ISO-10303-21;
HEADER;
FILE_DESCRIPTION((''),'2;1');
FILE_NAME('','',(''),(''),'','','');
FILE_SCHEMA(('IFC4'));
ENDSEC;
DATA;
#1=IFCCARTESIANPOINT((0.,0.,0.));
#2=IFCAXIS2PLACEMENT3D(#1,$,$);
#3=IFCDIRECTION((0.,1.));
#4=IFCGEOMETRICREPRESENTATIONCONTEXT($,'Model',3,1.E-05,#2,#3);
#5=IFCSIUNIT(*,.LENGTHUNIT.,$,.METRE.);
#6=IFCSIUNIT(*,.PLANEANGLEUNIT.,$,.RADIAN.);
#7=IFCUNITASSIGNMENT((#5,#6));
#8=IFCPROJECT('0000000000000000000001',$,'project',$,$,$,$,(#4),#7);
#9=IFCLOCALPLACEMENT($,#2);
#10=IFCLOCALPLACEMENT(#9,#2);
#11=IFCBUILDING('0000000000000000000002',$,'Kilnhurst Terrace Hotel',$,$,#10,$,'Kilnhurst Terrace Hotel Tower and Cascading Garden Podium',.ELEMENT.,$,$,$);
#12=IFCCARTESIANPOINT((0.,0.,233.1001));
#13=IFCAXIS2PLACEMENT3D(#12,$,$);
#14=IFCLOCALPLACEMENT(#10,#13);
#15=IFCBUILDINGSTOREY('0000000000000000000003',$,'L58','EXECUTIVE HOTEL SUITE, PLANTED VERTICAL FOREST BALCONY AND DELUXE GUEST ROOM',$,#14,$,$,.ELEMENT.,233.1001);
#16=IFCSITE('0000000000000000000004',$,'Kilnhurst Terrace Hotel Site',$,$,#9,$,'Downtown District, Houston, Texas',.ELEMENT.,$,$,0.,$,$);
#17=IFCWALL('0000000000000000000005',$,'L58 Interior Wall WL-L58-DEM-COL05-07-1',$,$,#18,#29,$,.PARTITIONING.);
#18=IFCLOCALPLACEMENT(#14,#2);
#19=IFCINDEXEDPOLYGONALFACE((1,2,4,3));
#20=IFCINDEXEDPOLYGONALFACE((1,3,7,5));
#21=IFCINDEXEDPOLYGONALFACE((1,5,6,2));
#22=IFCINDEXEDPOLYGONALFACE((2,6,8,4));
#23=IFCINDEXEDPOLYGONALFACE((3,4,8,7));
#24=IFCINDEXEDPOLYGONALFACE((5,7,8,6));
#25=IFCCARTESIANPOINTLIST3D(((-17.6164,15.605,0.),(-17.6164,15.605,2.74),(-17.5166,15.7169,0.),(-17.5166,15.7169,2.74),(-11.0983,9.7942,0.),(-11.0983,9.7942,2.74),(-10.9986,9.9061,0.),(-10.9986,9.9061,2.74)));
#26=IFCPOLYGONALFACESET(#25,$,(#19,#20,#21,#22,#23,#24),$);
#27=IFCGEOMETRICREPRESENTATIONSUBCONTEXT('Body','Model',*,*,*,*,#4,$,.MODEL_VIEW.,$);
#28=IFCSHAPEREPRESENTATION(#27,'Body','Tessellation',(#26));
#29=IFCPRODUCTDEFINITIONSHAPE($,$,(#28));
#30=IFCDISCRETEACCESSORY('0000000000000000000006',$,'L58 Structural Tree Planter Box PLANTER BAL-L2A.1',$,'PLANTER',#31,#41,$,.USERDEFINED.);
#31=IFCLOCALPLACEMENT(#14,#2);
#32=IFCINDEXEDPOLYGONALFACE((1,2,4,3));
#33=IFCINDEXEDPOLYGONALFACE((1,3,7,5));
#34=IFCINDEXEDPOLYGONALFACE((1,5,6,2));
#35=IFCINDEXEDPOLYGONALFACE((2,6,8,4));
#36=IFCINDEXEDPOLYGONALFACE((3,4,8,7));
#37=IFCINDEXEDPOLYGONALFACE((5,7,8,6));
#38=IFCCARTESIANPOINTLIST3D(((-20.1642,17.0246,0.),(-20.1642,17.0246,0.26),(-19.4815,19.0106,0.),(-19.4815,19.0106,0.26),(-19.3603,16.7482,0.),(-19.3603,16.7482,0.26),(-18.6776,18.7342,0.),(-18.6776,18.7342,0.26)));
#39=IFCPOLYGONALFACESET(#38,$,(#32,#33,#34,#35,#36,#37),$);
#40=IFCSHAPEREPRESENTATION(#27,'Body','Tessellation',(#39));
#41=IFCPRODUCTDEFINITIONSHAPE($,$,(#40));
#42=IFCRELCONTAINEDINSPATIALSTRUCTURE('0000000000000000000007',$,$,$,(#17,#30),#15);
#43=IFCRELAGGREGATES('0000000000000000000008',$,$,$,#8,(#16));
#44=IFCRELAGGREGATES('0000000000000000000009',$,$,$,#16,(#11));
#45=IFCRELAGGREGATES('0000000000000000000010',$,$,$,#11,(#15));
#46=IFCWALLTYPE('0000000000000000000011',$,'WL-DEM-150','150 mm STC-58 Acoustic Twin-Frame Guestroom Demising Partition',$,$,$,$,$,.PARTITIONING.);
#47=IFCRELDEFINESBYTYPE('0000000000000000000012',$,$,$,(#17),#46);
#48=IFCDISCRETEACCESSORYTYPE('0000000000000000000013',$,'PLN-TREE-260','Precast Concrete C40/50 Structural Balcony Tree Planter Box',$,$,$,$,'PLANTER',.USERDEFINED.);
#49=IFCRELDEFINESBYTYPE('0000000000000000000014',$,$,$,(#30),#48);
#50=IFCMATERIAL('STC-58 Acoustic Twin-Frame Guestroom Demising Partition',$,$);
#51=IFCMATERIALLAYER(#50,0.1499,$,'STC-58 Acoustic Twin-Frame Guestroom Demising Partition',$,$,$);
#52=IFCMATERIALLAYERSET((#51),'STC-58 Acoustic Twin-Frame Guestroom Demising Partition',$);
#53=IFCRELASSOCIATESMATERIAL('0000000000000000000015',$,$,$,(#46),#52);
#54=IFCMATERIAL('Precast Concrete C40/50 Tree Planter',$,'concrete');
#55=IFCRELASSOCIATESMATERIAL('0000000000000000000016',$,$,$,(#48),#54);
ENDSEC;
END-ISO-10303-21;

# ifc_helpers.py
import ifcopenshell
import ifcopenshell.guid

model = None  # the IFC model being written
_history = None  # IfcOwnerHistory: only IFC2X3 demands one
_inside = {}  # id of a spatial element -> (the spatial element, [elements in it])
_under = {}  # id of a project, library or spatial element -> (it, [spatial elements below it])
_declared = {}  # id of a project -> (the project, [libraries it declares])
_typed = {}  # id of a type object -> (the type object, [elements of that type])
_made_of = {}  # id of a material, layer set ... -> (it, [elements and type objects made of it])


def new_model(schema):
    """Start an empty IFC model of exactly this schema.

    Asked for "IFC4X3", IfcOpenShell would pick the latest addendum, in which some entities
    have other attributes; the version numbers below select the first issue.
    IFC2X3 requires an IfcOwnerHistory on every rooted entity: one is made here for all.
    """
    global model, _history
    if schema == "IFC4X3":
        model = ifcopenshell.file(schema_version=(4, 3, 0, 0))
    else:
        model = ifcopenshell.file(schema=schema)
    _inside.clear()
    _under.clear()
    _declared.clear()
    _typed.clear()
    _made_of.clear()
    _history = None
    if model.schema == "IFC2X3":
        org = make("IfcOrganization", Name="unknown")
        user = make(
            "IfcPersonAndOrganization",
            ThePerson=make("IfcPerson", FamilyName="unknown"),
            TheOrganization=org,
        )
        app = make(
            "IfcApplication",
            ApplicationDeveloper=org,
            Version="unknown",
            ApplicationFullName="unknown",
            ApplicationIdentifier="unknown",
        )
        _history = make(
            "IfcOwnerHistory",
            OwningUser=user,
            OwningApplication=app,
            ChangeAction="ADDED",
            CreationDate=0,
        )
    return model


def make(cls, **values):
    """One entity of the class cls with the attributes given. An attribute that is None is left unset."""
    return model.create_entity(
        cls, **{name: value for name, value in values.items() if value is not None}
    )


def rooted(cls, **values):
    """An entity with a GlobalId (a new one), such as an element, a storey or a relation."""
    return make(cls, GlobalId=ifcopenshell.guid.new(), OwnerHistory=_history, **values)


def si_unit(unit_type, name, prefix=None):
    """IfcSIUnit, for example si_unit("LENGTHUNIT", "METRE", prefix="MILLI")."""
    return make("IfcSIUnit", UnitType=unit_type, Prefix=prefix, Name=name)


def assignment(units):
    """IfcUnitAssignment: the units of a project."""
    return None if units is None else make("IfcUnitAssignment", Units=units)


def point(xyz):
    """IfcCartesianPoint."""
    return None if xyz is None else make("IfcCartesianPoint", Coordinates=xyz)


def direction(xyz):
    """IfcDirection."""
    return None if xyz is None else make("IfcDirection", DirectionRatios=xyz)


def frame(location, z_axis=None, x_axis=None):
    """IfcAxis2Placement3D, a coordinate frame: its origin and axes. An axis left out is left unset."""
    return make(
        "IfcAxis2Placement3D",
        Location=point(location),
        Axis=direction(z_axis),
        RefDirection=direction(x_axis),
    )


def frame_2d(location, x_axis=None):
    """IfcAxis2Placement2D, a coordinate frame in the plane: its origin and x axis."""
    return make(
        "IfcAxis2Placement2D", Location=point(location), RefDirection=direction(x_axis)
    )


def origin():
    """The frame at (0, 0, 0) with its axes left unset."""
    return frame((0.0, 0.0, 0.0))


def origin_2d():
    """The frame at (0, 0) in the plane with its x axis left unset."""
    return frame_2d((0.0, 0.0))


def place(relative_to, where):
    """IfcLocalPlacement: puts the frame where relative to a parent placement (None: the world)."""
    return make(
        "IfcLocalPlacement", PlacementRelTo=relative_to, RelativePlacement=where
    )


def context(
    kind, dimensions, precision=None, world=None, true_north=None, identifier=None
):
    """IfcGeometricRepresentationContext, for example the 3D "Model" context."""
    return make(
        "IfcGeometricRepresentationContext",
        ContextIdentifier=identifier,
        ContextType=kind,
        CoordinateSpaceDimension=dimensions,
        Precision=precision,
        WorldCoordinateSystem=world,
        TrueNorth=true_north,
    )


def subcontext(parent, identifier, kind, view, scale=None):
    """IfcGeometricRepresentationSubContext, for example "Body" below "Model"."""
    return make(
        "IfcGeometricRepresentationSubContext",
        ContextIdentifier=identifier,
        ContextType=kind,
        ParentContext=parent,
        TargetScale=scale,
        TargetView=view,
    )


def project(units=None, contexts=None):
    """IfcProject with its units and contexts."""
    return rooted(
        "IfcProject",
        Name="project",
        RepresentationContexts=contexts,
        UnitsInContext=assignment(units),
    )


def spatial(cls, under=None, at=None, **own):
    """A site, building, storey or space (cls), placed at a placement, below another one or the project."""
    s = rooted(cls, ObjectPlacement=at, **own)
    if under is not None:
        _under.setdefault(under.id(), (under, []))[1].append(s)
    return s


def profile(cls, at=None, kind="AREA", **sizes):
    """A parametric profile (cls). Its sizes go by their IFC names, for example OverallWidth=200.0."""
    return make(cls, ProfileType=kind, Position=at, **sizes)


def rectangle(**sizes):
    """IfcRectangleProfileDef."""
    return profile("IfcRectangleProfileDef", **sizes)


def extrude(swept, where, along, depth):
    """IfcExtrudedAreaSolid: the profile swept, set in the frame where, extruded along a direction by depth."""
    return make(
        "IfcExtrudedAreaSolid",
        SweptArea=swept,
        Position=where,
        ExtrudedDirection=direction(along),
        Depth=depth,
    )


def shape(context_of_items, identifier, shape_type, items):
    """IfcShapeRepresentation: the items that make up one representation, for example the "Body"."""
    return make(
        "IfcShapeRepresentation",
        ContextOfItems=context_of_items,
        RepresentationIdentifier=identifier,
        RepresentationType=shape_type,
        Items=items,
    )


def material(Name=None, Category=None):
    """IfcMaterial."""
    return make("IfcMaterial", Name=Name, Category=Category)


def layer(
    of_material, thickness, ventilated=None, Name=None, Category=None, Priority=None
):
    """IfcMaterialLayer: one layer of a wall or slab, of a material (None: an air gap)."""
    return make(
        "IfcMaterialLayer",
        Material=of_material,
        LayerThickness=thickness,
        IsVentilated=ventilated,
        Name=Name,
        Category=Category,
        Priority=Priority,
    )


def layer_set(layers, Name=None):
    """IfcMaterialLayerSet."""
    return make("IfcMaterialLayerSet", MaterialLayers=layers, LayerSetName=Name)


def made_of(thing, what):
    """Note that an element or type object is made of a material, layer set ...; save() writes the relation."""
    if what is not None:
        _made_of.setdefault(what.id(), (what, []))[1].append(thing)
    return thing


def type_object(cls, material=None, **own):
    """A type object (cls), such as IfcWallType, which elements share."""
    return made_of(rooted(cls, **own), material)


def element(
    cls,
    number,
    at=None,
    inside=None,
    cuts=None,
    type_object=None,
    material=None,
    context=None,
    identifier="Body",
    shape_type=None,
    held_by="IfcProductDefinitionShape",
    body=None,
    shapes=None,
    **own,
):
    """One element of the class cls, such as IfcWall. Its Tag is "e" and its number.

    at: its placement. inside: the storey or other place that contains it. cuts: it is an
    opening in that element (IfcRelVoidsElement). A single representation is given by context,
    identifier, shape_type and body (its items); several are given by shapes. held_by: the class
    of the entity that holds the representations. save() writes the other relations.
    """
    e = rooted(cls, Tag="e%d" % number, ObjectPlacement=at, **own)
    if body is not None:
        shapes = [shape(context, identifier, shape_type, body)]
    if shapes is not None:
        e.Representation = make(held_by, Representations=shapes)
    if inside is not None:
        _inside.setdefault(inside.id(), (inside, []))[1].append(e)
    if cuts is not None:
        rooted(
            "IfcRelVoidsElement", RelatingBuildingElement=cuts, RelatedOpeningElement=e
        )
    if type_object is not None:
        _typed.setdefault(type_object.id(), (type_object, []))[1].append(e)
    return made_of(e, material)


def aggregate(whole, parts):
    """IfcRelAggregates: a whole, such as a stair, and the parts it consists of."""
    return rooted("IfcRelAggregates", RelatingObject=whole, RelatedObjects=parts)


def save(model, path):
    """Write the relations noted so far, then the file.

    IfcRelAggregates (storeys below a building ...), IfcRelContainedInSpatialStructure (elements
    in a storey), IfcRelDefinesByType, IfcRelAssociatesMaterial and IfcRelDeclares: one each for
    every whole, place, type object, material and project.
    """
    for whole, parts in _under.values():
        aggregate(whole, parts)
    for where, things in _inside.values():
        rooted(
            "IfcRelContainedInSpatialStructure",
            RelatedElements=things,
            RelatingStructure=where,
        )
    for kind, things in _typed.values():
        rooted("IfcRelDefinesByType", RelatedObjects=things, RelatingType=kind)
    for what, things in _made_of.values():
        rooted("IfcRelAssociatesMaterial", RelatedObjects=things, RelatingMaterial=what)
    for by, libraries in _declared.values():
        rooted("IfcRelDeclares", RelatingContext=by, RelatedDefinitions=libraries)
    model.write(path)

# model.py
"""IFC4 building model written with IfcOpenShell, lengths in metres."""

from ifc_helpers import new_model, si_unit, direction, frame, frame_2d, origin, origin_2d, place, context, subcontext, project, spatial, rectangle, extrude, material, layer, layer_set, type_object, element, save


model = new_model("IFC4")

# Units and contexts
model_context = context("Model", 3, precision=1e-05, world=origin(), true_north=direction((0.0, 1.0)))
body_context = subcontext(model_context, "Body", "Model", "MODEL_VIEW")
ifc_project = project(units=[si_unit("LENGTHUNIT", "METRE"), si_unit("PLANEANGLEUNIT", "RADIAN")], contexts=[model_context])

# Site, building, storey
site_placement = place(None, origin())
site = spatial("IfcSite", under=ifc_project, at=site_placement, Name="Kilnhurst Terrace Hotel Site", LongName="Downtown District, Houston, Texas", CompositionType="ELEMENT", RefElevation=0.0)
building_placement = place(site_placement, origin())
building = spatial("IfcBuilding", under=site, at=building_placement, Name="Kilnhurst Terrace Hotel", LongName="Kilnhurst Terrace Hotel Tower and Cascading Garden Podium", CompositionType="ELEMENT")
storey_placement = place(building_placement, frame((0.0, 0.0, 233.1001)))
storey = spatial("IfcBuildingStorey", under=building, at=storey_placement, Name="L58", Description="EXECUTIVE HOTEL SUITE, PLANTED VERTICAL FOREST BALCONY AND DELUXE GUEST ROOM", CompositionType="ELEMENT", Elevation=233.1001)

# Wall
ifc_material_1 = material(Name="STC-58 Acoustic Twin-Frame Guestroom Demising Partition")
ifc_layer_1 = layer(ifc_material_1, 0.1499, Name="STC-58 Acoustic Twin-Frame Guestroom Demising Partition")
ifc_layer_set_1 = layer_set([ifc_layer_1], Name="STC-58 Acoustic Twin-Frame Guestroom Demising Partition")
wall_type_1 = type_object("IfcWallType", Name="WL-DEM-150", Description="150 mm STC-58 Acoustic Twin-Frame Guestroom Demising Partition", PredefinedType="PARTITIONING", material=ifc_layer_set_1)
wall_1_placement = place(storey_placement, frame((-11.0483, 9.8501, 0.0), z_axis=(0.0, 0.0, 1.0), x_axis=(-0.746444, 0.665448, 0.0)))
element("IfcWall", 1, at=wall_1_placement, inside=storey, type_object=wall_type_1, Name="L58 Interior Wall WL-L58-DEM-COL05-07-1", PredefinedType="PARTITIONING", context=body_context, shape_type="SweptSolid", body=[
    extrude(rectangle(XDim=8.7322, YDim=0.1499, at=frame_2d((4.3662, 0.0))), origin(), (0.0, 0.0, 1.0), 2.74),
])

# Discrete accessory
ifc_material_2 = material(Name="Precast Concrete C40/50 Tree Planter", Category="concrete")
discrete_accessory_type = type_object("IfcDiscreteAccessoryType", Name="PLN-TREE-260", Description="Precast Concrete C40/50 Structural Balcony Tree Planter Box", ElementType="PLANTER", PredefinedType="USERDEFINED", material=ifc_material_2)
discrete_accessory_placement = place(storey_placement, frame((-19.4209, 17.8794, 0.0), z_axis=(0.0, 0.0, 1.0), x_axis=(-0.32509, -0.945683, 0.0)))
element("IfcDiscreteAccessory", 2, at=discrete_accessory_placement, inside=storey, type_object=discrete_accessory_type, Name="L58 Structural Tree Planter Box PLANTER BAL-L2A.1", ObjectType="PLANTER", PredefinedType="USERDEFINED", context=body_context, shape_type="SweptSolid", body=[
    extrude(rectangle(XDim=2.1001, YDim=0.8501, at=origin_2d()), origin(), (0.0, 0.0, 1.0), 0.26),
])

save(model, "model.ifc")
